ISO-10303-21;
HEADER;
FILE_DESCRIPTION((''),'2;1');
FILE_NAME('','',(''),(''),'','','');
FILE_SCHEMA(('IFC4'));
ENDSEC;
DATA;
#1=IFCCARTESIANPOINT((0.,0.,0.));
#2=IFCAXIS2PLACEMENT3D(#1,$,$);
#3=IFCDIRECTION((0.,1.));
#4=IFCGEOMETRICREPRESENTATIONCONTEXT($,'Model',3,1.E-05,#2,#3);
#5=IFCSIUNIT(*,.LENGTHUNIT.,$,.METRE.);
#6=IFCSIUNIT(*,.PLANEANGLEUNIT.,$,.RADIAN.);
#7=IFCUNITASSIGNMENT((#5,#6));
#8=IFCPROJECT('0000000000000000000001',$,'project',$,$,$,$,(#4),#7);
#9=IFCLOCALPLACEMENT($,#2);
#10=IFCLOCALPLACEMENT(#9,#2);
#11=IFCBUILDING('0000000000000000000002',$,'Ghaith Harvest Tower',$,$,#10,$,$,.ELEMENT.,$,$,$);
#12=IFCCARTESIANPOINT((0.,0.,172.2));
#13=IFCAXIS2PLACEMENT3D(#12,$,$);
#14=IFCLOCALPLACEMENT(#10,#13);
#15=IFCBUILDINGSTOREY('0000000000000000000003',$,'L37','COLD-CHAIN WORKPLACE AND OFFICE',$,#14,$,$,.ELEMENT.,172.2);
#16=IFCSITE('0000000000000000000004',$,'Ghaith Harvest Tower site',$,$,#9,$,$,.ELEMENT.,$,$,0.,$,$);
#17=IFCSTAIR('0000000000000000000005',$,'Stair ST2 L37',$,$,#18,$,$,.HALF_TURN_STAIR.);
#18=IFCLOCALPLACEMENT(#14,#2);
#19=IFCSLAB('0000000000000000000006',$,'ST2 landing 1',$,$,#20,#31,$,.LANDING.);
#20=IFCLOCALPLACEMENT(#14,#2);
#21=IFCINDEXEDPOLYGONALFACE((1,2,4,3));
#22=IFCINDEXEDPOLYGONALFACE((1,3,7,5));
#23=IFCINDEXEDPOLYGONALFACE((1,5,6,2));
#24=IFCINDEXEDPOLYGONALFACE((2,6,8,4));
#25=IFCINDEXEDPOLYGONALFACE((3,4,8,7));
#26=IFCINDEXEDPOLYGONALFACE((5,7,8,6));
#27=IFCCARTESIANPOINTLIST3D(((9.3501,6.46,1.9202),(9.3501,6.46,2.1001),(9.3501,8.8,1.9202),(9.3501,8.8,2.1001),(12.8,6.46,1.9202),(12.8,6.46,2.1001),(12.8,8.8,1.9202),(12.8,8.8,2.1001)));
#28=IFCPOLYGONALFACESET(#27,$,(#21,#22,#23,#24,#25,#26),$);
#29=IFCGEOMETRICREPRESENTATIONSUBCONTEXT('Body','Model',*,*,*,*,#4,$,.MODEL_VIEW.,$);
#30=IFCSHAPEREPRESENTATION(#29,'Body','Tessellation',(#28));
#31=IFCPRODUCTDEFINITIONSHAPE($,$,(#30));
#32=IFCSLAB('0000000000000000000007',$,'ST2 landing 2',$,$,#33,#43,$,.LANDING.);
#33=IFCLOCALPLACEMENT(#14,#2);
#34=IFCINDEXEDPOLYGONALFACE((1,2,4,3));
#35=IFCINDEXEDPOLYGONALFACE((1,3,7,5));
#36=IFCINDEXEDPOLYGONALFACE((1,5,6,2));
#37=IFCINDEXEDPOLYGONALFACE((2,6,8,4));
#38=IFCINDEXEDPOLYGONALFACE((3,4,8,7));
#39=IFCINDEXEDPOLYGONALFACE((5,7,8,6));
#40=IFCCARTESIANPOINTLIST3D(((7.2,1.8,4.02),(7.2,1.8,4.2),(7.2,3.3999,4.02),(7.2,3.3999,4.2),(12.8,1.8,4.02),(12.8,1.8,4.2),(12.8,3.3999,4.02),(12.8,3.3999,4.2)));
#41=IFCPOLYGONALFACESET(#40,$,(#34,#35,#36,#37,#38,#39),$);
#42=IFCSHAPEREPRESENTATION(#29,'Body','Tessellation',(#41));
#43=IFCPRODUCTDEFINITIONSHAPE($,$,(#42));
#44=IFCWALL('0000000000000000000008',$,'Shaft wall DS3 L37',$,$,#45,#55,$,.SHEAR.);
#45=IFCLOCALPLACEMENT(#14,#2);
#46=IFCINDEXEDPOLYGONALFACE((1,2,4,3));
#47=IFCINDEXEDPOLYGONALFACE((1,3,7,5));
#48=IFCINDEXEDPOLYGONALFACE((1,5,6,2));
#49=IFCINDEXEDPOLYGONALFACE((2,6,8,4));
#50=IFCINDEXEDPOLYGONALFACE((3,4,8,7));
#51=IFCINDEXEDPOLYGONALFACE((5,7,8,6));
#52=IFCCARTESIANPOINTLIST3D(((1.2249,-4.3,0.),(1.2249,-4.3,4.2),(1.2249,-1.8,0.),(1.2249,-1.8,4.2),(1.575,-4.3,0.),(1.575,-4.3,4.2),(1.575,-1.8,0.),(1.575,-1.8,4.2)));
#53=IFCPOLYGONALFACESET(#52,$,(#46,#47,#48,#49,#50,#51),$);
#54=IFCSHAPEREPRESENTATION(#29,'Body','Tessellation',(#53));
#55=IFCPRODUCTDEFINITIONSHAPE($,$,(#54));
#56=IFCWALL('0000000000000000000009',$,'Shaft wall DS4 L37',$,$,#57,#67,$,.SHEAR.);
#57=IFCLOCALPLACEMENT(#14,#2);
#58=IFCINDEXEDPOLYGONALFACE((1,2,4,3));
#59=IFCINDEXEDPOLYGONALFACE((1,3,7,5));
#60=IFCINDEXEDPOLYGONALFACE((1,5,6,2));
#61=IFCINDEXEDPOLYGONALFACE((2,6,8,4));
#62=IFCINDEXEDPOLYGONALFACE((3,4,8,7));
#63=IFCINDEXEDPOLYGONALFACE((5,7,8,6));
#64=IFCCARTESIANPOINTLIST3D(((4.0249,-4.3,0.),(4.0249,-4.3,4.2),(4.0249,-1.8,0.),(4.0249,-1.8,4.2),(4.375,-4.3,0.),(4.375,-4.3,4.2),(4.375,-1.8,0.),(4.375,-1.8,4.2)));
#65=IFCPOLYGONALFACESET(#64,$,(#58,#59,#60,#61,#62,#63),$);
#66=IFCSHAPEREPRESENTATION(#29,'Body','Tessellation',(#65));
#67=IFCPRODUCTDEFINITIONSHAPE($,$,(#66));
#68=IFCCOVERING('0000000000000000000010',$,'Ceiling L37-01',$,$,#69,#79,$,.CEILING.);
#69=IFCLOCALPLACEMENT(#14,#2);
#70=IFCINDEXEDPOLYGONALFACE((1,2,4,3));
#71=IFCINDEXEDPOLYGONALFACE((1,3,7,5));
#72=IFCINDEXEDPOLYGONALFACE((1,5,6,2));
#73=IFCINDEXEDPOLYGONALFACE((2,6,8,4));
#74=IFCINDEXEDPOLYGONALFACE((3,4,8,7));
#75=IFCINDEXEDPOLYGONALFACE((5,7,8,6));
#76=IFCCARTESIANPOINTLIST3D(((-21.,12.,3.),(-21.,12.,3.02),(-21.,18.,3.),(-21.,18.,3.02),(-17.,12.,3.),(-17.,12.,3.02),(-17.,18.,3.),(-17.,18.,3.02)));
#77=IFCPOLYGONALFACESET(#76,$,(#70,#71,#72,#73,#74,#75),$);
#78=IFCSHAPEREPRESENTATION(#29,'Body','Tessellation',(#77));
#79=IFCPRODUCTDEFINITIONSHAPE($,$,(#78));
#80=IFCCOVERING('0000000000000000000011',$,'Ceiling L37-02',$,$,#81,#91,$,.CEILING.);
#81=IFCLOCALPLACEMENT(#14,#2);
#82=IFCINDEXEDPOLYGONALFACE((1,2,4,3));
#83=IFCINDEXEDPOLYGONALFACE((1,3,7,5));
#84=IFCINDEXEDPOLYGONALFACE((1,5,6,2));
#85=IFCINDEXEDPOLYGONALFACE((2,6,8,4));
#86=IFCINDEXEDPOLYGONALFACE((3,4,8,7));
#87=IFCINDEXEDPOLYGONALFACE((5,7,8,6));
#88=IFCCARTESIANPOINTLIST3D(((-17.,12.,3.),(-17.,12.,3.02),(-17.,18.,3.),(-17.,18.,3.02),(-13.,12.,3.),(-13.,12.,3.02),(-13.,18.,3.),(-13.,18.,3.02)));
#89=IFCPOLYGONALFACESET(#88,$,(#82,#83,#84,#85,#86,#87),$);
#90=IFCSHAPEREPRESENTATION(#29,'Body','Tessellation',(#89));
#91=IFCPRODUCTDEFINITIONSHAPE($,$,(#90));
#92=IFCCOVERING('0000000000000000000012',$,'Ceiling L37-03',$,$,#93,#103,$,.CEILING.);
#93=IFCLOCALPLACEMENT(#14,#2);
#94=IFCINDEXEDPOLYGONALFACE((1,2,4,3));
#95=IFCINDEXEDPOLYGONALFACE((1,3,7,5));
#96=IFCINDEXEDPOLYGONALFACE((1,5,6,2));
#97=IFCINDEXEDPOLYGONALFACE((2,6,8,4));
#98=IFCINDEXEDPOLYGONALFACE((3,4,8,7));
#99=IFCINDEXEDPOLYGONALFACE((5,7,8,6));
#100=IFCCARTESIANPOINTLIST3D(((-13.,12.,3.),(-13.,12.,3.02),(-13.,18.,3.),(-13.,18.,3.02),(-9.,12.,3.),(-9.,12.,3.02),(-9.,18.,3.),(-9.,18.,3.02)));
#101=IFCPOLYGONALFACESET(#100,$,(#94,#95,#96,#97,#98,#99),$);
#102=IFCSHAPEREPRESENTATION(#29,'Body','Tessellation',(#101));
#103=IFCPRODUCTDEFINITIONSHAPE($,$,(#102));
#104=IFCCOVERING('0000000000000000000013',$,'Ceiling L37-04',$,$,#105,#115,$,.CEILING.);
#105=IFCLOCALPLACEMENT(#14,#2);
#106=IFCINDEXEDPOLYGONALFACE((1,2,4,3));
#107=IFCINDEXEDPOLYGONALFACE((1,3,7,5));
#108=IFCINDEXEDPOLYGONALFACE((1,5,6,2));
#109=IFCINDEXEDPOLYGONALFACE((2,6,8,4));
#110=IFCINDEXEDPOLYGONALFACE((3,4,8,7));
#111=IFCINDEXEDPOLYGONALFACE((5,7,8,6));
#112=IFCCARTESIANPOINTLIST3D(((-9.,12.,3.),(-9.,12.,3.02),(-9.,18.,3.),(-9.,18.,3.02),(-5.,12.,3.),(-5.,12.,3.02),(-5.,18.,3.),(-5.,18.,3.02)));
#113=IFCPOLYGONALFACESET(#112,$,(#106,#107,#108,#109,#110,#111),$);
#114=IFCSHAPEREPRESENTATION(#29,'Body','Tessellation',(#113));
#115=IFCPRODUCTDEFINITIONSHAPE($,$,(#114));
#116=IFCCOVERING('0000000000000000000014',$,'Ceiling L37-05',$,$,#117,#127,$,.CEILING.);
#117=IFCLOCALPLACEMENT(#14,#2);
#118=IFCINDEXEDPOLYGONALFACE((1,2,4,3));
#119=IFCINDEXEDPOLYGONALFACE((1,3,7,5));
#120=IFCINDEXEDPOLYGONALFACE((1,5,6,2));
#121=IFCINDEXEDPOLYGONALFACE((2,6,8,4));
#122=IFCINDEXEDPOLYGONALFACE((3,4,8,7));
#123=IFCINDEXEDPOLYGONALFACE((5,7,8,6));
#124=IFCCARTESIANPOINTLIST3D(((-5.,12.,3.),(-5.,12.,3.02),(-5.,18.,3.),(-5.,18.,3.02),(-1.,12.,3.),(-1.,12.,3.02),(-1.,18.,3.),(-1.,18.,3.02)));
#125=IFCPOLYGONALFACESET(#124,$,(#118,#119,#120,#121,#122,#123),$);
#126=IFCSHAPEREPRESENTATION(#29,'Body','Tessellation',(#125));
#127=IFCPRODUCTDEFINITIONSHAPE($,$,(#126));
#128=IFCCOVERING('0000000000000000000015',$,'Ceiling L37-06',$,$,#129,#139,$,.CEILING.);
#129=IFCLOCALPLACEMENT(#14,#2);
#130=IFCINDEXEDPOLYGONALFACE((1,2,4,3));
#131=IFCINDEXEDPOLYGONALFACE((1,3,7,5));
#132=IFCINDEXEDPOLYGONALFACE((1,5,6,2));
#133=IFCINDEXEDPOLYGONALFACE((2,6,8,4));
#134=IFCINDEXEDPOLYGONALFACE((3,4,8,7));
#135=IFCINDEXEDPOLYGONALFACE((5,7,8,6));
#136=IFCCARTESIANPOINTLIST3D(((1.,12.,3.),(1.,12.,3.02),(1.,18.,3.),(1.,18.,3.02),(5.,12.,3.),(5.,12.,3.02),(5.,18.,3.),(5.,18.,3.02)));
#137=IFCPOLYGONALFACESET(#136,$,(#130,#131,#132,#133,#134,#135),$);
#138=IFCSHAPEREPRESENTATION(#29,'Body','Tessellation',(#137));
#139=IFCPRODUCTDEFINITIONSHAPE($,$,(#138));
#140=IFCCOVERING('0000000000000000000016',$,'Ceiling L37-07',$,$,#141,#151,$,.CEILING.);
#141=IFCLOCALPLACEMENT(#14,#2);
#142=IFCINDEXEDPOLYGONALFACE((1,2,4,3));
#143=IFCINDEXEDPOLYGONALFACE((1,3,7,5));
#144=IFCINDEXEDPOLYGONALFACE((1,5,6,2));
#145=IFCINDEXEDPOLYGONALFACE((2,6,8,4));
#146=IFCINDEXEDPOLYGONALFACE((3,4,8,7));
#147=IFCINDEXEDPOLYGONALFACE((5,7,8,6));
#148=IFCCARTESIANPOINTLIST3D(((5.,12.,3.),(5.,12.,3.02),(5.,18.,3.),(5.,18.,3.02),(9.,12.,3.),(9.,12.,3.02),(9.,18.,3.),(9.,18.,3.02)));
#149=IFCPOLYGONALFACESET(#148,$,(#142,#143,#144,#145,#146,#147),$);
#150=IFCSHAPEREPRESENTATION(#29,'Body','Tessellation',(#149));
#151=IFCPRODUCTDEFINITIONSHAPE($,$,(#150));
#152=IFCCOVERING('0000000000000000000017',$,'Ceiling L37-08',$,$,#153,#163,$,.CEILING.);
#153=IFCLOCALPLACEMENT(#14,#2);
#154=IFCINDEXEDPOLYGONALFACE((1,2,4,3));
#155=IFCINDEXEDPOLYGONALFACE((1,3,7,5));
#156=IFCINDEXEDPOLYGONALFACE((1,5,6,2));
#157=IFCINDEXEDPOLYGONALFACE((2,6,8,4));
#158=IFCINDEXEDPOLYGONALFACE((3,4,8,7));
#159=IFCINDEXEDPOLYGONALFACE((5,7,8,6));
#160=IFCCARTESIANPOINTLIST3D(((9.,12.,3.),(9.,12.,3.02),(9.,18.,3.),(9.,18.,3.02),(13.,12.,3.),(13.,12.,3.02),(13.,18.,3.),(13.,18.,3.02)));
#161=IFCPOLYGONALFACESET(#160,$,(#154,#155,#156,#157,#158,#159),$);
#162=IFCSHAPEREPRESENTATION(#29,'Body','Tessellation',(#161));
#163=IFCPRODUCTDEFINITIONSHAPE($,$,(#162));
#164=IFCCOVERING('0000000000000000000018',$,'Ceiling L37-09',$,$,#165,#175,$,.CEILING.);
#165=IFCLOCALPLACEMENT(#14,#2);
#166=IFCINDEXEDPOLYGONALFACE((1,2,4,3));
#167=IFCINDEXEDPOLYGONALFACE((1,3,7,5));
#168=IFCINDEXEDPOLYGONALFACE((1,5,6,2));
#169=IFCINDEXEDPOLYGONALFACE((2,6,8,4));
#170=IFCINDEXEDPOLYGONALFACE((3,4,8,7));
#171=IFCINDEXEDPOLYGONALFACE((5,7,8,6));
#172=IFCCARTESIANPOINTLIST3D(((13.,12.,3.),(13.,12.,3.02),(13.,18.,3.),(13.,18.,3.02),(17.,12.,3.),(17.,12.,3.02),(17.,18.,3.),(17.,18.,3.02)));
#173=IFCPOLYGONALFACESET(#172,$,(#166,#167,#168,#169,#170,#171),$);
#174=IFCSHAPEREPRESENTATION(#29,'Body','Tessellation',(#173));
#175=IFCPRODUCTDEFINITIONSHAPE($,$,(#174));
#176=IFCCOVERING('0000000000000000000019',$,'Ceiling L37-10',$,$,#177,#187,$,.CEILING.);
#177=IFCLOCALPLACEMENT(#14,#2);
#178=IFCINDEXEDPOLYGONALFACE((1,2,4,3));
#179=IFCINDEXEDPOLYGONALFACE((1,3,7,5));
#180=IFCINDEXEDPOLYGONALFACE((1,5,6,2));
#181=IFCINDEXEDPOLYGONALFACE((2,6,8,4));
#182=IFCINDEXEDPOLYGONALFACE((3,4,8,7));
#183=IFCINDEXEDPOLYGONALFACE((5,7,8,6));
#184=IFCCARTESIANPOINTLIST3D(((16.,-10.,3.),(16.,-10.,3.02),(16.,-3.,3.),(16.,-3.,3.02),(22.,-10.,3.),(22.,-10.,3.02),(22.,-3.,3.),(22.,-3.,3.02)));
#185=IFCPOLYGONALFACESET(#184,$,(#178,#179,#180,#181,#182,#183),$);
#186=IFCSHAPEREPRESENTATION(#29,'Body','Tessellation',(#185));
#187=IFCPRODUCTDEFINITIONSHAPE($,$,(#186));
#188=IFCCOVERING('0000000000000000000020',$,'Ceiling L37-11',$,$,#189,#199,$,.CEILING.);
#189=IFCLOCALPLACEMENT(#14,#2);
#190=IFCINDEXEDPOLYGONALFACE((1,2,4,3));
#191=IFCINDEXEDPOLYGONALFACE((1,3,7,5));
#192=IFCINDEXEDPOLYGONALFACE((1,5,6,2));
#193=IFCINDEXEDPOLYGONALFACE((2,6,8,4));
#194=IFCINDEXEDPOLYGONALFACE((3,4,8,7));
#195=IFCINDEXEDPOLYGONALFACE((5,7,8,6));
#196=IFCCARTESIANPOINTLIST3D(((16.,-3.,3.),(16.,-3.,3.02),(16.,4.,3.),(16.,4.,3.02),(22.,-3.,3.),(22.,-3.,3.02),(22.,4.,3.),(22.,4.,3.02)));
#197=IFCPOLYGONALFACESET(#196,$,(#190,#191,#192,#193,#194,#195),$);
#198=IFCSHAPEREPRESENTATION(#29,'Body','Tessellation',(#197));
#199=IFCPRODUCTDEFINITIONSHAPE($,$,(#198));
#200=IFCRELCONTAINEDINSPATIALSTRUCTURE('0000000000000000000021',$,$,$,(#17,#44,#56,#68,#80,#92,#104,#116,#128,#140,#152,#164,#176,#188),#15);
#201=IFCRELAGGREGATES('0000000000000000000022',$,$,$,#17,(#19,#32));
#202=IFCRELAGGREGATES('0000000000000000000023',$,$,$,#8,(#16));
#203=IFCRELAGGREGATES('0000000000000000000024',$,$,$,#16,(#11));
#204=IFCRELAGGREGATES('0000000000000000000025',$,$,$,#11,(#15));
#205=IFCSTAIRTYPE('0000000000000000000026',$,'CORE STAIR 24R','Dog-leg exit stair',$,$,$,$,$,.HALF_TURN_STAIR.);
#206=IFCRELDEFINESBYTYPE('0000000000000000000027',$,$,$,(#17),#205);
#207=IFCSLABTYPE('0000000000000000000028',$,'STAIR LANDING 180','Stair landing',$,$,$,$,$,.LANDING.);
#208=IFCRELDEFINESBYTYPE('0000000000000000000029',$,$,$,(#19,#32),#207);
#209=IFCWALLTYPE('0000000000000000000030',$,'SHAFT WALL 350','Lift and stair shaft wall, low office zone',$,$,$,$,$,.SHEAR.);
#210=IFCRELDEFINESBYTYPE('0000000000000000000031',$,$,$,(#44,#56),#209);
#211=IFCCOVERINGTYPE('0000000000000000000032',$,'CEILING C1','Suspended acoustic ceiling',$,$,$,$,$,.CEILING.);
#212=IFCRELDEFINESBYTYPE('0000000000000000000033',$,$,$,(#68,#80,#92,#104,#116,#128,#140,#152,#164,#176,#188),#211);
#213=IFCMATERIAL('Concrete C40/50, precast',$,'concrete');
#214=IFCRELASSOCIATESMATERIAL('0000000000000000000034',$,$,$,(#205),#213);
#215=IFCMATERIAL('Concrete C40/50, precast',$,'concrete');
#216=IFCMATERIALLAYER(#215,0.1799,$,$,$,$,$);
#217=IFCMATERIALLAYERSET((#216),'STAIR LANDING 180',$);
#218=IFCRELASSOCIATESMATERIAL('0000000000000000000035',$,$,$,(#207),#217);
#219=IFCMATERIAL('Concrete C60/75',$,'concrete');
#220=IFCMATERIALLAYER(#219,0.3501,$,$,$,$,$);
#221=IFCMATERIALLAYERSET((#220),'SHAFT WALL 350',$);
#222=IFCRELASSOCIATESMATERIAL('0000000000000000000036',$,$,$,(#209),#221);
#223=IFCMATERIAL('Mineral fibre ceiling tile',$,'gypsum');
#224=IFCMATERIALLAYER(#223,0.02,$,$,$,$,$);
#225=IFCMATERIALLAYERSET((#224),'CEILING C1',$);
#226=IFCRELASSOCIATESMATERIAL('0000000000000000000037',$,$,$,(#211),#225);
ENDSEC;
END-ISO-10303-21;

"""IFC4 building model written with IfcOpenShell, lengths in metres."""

from ifc_helpers import new_model, si_unit, direction, frame, frame_2d, origin, place, context, subcontext, project, spatial, polyline, rectangle, outline, extrude, material, layer, layer_set, type_object, element, aggregate, save


model = new_model("IFC4")

# Units and contexts
model_context = context("Model", 3, precision=1e-05, world=origin(), true_north=direction((0.0, 1.0)))
body_context = subcontext(model_context, "Body", "Model", "MODEL_VIEW")
ifc_project = project(units=[si_unit("LENGTHUNIT", "METRE"), si_unit("PLANEANGLEUNIT", "RADIAN")], contexts=[model_context])

# Site, building, storey
site_placement = place(None, origin())
site = spatial("IfcSite", under=ifc_project, at=site_placement, Name="Ghaith Harvest Tower site", CompositionType="ELEMENT", RefElevation=0.0)
building_placement = place(site_placement, origin())
building = spatial("IfcBuilding", under=site, at=building_placement, Name="Ghaith Harvest Tower", CompositionType="ELEMENT")
storey_placement = place(building_placement, frame((0.0, 0.0, 172.2)))
storey = spatial("IfcBuildingStorey", under=building, at=storey_placement, Name="L37", Description="COLD-CHAIN WORKPLACE AND OFFICE", CompositionType="ELEMENT", Elevation=172.2)

# Stair, slabs
ifc_material_1 = material(Name="Concrete C40/50, precast", Category="concrete")
stair_type = type_object("IfcStairType", Name="CORE STAIR 24R", Description="Dog-leg exit stair", PredefinedType="HALF_TURN_STAIR", material=ifc_material_1)
ifc_material_2 = material(Name="Concrete C40/50, precast", Category="concrete")
ifc_layer_1 = layer(ifc_material_2, 0.1799)
ifc_layer_set_1 = layer_set([ifc_layer_1], Name="STAIR LANDING 180")
slab_type_1 = type_object("IfcSlabType", Name="STAIR LANDING 180", Description="Stair landing", PredefinedType="LANDING", material=ifc_layer_set_1)
stair_1_placement = place(storey_placement, origin())
stair_1 = element("IfcStair", 1, at=stair_1_placement, inside=storey, type_object=stair_type, Name="Stair ST2 L37", PredefinedType="HALF_TURN_STAIR")
slab_1_placement = place(storey_placement, frame((0.0, 0.0, 1.9202)))
slab_1 = element("IfcSlab", 2, at=slab_1_placement, type_object=slab_type_1, Name="ST2 landing 1", PredefinedType="LANDING", context=body_context, shape_type="SweptSolid", body=[
    extrude(outline(polyline([(12.8, 6.46), (12.8, 8.8), (9.3501, 8.8), (9.3501, 6.46), (12.8, 6.46)])), origin(), (0.0, 0.0, 1.0), 0.1799),
])
slab_2_placement = place(storey_placement, frame((0.0, 0.0, 4.02)))
slab_2 = element("IfcSlab", 3, at=slab_2_placement, type_object=slab_type_1, Name="ST2 landing 2", PredefinedType="LANDING", context=body_context, shape_type="SweptSolid", body=[
    extrude(outline(polyline([(12.8, 1.8), (12.8, 3.3999), (7.2, 3.3999), (7.2, 1.8), (12.8, 1.8)])), origin(), (0.0, 0.0, 1.0), 0.1799),
])
aggregate(stair_1, [slab_1, slab_2])

# Shared definitions
ifc_material_3 = material(Name="Concrete C60/75", Category="concrete")
ifc_layer_2 = layer(ifc_material_3, 0.3501)
ifc_layer_set_2 = layer_set([ifc_layer_2], Name="SHAFT WALL 350")
wall_type = type_object("IfcWallType", Name="SHAFT WALL 350", Description="Lift and stair shaft wall, low office zone", PredefinedType="SHEAR", material=ifc_layer_set_2)

# Walls
for number, where, z_axis, x_axis, name in (
    (4, (1.3999, -4.3, 0.0), (0.0, 0.0, 1.0), (0.0, 1.0, 0.0), "Shaft wall DS3 L37"),
    (5, (4.2, -4.3, 0.0), (0.0, 0.0, 1.0), (0.0, 1.0, 0.0), "Shaft wall DS4 L37"),
):
    element("IfcWall", number, at=place(storey_placement, frame(where, z_axis=z_axis, x_axis=x_axis)), inside=storey, type_object=wall_type, Name=name, PredefinedType="SHEAR", context=body_context, shape_type="SweptSolid", body=[
        extrude(rectangle(XDim=2.5, YDim=0.3501, at=frame_2d((1.25, 0.0))), origin(), (0.0, 0.0, 1.0), 4.2),
    ])

# Coverings
ifc_material_4 = material(Name="Mineral fibre ceiling tile", Category="gypsum")
ifc_layer_3 = layer(ifc_material_4, 0.02)
ifc_layer_set_3 = layer_set([ifc_layer_3], Name="CEILING C1")
covering_type = type_object("IfcCoveringType", Name="CEILING C1", Description="Suspended acoustic ceiling", PredefinedType="CEILING", material=ifc_layer_set_3)
covering_1_placement = place(storey_placement, frame((0.0, 0.0, 3.0)))
element("IfcCovering", 6, at=covering_1_placement, inside=storey, type_object=covering_type, Name="Ceiling L37-01", PredefinedType="CEILING", context=body_context, shape_type="SweptSolid", body=[
    extrude(outline(polyline([(-21.0, 12.0), (-17.0, 12.0), (-17.0, 18.0), (-21.0, 18.0), (-21.0, 12.0)])), origin(), (0.0, 0.0, 1.0), 0.02),
])
covering_2_placement = place(storey_placement, frame((0.0, 0.0, 3.0)))
element("IfcCovering", 7, at=covering_2_placement, inside=storey, type_object=covering_type, Name="Ceiling L37-02", PredefinedType="CEILING", context=body_context, shape_type="SweptSolid", body=[
    extrude(outline(polyline([(-17.0, 12.0), (-13.0, 12.0), (-13.0, 18.0), (-17.0, 18.0), (-17.0, 12.0)])), origin(), (0.0, 0.0, 1.0), 0.02),
])
covering_3_placement = place(storey_placement, frame((0.0, 0.0, 3.0)))
element("IfcCovering", 8, at=covering_3_placement, inside=storey, type_object=covering_type, Name="Ceiling L37-03", PredefinedType="CEILING", context=body_context, shape_type="SweptSolid", body=[
    extrude(outline(polyline([(-13.0, 12.0), (-9.0, 12.0), (-9.0, 18.0), (-13.0, 18.0), (-13.0, 12.0)])), origin(), (0.0, 0.0, 1.0), 0.02),
])
covering_4_placement = place(storey_placement, frame((0.0, 0.0, 3.0)))
element("IfcCovering", 9, at=covering_4_placement, inside=storey, type_object=covering_type, Name="Ceiling L37-04", PredefinedType="CEILING", context=body_context, shape_type="SweptSolid", body=[
    extrude(outline(polyline([(-9.0, 12.0), (-5.0, 12.0), (-5.0, 18.0), (-9.0, 18.0), (-9.0, 12.0)])), origin(), (0.0, 0.0, 1.0), 0.02),
])
covering_5_placement = place(storey_placement, frame((0.0, 0.0, 3.0)))
element("IfcCovering", 10, at=covering_5_placement, inside=storey, type_object=covering_type, Name="Ceiling L37-05", PredefinedType="CEILING", context=body_context, shape_type="SweptSolid", body=[
    extrude(outline(polyline([(-5.0, 12.0), (-1.0, 12.0), (-1.0, 18.0), (-5.0, 18.0), (-5.0, 12.0)])), origin(), (0.0, 0.0, 1.0), 0.02),
])
covering_6_placement = place(storey_placement, frame((0.0, 0.0, 3.0)))
element("IfcCovering", 11, at=covering_6_placement, inside=storey, type_object=covering_type, Name="Ceiling L37-06", PredefinedType="CEILING", context=body_context, shape_type="SweptSolid", body=[
    extrude(outline(polyline([(1.0, 12.0), (5.0, 12.0), (5.0, 18.0), (1.0, 18.0), (1.0, 12.0)])), origin(), (0.0, 0.0, 1.0), 0.02),
])
covering_7_placement = place(storey_placement, frame((0.0, 0.0, 3.0)))
element("IfcCovering", 12, at=covering_7_placement, inside=storey, type_object=covering_type, Name="Ceiling L37-07", PredefinedType="CEILING", context=body_context, shape_type="SweptSolid", body=[
    extrude(outline(polyline([(5.0, 12.0), (9.0, 12.0), (9.0, 18.0), (5.0, 18.0), (5.0, 12.0)])), origin(), (0.0, 0.0, 1.0), 0.02),
])
covering_8_placement = place(storey_placement, frame((0.0, 0.0, 3.0)))
element("IfcCovering", 13, at=covering_8_placement, inside=storey, type_object=covering_type, Name="Ceiling L37-08", PredefinedType="CEILING", context=body_context, shape_type="SweptSolid", body=[
    extrude(outline(polyline([(9.0, 12.0), (13.0, 12.0), (13.0, 18.0), (9.0, 18.0), (9.0, 12.0)])), origin(), (0.0, 0.0, 1.0), 0.02),
])
covering_9_placement = place(storey_placement, frame((0.0, 0.0, 3.0)))
element("IfcCovering", 14, at=covering_9_placement, inside=storey, type_object=covering_type, Name="Ceiling L37-09", PredefinedType="CEILING", context=body_context, shape_type="SweptSolid", body=[
    extrude(outline(polyline([(13.0, 12.0), (17.0, 12.0), (17.0, 18.0), (13.0, 18.0), (13.0, 12.0)])), origin(), (0.0, 0.0, 1.0), 0.02),
])
covering_10_placement = place(storey_placement, frame((0.0, 0.0, 3.0)))
element("IfcCovering", 15, at=covering_10_placement, inside=storey, type_object=covering_type, Name="Ceiling L37-10", PredefinedType="CEILING", context=body_context, shape_type="SweptSolid", body=[
    extrude(outline(polyline([(16.0, -10.0), (22.0, -10.0), (22.0, -3.0), (16.0, -3.0), (16.0, -10.0)])), origin(), (0.0, 0.0, 1.0), 0.02),
])
covering_11_placement = place(storey_placement, frame((0.0, 0.0, 3.0)))
element("IfcCovering", 16, at=covering_11_placement, inside=storey, type_object=covering_type, Name="Ceiling L37-11", PredefinedType="CEILING", context=body_context, shape_type="SweptSolid", body=[
    extrude(outline(polyline([(16.0, -3.0), (22.0, -3.0), (22.0, 4.0), (16.0, 4.0), (16.0, -3.0)])), origin(), (0.0, 0.0, 1.0), 0.02),
])

save(model, "model.ifc")
